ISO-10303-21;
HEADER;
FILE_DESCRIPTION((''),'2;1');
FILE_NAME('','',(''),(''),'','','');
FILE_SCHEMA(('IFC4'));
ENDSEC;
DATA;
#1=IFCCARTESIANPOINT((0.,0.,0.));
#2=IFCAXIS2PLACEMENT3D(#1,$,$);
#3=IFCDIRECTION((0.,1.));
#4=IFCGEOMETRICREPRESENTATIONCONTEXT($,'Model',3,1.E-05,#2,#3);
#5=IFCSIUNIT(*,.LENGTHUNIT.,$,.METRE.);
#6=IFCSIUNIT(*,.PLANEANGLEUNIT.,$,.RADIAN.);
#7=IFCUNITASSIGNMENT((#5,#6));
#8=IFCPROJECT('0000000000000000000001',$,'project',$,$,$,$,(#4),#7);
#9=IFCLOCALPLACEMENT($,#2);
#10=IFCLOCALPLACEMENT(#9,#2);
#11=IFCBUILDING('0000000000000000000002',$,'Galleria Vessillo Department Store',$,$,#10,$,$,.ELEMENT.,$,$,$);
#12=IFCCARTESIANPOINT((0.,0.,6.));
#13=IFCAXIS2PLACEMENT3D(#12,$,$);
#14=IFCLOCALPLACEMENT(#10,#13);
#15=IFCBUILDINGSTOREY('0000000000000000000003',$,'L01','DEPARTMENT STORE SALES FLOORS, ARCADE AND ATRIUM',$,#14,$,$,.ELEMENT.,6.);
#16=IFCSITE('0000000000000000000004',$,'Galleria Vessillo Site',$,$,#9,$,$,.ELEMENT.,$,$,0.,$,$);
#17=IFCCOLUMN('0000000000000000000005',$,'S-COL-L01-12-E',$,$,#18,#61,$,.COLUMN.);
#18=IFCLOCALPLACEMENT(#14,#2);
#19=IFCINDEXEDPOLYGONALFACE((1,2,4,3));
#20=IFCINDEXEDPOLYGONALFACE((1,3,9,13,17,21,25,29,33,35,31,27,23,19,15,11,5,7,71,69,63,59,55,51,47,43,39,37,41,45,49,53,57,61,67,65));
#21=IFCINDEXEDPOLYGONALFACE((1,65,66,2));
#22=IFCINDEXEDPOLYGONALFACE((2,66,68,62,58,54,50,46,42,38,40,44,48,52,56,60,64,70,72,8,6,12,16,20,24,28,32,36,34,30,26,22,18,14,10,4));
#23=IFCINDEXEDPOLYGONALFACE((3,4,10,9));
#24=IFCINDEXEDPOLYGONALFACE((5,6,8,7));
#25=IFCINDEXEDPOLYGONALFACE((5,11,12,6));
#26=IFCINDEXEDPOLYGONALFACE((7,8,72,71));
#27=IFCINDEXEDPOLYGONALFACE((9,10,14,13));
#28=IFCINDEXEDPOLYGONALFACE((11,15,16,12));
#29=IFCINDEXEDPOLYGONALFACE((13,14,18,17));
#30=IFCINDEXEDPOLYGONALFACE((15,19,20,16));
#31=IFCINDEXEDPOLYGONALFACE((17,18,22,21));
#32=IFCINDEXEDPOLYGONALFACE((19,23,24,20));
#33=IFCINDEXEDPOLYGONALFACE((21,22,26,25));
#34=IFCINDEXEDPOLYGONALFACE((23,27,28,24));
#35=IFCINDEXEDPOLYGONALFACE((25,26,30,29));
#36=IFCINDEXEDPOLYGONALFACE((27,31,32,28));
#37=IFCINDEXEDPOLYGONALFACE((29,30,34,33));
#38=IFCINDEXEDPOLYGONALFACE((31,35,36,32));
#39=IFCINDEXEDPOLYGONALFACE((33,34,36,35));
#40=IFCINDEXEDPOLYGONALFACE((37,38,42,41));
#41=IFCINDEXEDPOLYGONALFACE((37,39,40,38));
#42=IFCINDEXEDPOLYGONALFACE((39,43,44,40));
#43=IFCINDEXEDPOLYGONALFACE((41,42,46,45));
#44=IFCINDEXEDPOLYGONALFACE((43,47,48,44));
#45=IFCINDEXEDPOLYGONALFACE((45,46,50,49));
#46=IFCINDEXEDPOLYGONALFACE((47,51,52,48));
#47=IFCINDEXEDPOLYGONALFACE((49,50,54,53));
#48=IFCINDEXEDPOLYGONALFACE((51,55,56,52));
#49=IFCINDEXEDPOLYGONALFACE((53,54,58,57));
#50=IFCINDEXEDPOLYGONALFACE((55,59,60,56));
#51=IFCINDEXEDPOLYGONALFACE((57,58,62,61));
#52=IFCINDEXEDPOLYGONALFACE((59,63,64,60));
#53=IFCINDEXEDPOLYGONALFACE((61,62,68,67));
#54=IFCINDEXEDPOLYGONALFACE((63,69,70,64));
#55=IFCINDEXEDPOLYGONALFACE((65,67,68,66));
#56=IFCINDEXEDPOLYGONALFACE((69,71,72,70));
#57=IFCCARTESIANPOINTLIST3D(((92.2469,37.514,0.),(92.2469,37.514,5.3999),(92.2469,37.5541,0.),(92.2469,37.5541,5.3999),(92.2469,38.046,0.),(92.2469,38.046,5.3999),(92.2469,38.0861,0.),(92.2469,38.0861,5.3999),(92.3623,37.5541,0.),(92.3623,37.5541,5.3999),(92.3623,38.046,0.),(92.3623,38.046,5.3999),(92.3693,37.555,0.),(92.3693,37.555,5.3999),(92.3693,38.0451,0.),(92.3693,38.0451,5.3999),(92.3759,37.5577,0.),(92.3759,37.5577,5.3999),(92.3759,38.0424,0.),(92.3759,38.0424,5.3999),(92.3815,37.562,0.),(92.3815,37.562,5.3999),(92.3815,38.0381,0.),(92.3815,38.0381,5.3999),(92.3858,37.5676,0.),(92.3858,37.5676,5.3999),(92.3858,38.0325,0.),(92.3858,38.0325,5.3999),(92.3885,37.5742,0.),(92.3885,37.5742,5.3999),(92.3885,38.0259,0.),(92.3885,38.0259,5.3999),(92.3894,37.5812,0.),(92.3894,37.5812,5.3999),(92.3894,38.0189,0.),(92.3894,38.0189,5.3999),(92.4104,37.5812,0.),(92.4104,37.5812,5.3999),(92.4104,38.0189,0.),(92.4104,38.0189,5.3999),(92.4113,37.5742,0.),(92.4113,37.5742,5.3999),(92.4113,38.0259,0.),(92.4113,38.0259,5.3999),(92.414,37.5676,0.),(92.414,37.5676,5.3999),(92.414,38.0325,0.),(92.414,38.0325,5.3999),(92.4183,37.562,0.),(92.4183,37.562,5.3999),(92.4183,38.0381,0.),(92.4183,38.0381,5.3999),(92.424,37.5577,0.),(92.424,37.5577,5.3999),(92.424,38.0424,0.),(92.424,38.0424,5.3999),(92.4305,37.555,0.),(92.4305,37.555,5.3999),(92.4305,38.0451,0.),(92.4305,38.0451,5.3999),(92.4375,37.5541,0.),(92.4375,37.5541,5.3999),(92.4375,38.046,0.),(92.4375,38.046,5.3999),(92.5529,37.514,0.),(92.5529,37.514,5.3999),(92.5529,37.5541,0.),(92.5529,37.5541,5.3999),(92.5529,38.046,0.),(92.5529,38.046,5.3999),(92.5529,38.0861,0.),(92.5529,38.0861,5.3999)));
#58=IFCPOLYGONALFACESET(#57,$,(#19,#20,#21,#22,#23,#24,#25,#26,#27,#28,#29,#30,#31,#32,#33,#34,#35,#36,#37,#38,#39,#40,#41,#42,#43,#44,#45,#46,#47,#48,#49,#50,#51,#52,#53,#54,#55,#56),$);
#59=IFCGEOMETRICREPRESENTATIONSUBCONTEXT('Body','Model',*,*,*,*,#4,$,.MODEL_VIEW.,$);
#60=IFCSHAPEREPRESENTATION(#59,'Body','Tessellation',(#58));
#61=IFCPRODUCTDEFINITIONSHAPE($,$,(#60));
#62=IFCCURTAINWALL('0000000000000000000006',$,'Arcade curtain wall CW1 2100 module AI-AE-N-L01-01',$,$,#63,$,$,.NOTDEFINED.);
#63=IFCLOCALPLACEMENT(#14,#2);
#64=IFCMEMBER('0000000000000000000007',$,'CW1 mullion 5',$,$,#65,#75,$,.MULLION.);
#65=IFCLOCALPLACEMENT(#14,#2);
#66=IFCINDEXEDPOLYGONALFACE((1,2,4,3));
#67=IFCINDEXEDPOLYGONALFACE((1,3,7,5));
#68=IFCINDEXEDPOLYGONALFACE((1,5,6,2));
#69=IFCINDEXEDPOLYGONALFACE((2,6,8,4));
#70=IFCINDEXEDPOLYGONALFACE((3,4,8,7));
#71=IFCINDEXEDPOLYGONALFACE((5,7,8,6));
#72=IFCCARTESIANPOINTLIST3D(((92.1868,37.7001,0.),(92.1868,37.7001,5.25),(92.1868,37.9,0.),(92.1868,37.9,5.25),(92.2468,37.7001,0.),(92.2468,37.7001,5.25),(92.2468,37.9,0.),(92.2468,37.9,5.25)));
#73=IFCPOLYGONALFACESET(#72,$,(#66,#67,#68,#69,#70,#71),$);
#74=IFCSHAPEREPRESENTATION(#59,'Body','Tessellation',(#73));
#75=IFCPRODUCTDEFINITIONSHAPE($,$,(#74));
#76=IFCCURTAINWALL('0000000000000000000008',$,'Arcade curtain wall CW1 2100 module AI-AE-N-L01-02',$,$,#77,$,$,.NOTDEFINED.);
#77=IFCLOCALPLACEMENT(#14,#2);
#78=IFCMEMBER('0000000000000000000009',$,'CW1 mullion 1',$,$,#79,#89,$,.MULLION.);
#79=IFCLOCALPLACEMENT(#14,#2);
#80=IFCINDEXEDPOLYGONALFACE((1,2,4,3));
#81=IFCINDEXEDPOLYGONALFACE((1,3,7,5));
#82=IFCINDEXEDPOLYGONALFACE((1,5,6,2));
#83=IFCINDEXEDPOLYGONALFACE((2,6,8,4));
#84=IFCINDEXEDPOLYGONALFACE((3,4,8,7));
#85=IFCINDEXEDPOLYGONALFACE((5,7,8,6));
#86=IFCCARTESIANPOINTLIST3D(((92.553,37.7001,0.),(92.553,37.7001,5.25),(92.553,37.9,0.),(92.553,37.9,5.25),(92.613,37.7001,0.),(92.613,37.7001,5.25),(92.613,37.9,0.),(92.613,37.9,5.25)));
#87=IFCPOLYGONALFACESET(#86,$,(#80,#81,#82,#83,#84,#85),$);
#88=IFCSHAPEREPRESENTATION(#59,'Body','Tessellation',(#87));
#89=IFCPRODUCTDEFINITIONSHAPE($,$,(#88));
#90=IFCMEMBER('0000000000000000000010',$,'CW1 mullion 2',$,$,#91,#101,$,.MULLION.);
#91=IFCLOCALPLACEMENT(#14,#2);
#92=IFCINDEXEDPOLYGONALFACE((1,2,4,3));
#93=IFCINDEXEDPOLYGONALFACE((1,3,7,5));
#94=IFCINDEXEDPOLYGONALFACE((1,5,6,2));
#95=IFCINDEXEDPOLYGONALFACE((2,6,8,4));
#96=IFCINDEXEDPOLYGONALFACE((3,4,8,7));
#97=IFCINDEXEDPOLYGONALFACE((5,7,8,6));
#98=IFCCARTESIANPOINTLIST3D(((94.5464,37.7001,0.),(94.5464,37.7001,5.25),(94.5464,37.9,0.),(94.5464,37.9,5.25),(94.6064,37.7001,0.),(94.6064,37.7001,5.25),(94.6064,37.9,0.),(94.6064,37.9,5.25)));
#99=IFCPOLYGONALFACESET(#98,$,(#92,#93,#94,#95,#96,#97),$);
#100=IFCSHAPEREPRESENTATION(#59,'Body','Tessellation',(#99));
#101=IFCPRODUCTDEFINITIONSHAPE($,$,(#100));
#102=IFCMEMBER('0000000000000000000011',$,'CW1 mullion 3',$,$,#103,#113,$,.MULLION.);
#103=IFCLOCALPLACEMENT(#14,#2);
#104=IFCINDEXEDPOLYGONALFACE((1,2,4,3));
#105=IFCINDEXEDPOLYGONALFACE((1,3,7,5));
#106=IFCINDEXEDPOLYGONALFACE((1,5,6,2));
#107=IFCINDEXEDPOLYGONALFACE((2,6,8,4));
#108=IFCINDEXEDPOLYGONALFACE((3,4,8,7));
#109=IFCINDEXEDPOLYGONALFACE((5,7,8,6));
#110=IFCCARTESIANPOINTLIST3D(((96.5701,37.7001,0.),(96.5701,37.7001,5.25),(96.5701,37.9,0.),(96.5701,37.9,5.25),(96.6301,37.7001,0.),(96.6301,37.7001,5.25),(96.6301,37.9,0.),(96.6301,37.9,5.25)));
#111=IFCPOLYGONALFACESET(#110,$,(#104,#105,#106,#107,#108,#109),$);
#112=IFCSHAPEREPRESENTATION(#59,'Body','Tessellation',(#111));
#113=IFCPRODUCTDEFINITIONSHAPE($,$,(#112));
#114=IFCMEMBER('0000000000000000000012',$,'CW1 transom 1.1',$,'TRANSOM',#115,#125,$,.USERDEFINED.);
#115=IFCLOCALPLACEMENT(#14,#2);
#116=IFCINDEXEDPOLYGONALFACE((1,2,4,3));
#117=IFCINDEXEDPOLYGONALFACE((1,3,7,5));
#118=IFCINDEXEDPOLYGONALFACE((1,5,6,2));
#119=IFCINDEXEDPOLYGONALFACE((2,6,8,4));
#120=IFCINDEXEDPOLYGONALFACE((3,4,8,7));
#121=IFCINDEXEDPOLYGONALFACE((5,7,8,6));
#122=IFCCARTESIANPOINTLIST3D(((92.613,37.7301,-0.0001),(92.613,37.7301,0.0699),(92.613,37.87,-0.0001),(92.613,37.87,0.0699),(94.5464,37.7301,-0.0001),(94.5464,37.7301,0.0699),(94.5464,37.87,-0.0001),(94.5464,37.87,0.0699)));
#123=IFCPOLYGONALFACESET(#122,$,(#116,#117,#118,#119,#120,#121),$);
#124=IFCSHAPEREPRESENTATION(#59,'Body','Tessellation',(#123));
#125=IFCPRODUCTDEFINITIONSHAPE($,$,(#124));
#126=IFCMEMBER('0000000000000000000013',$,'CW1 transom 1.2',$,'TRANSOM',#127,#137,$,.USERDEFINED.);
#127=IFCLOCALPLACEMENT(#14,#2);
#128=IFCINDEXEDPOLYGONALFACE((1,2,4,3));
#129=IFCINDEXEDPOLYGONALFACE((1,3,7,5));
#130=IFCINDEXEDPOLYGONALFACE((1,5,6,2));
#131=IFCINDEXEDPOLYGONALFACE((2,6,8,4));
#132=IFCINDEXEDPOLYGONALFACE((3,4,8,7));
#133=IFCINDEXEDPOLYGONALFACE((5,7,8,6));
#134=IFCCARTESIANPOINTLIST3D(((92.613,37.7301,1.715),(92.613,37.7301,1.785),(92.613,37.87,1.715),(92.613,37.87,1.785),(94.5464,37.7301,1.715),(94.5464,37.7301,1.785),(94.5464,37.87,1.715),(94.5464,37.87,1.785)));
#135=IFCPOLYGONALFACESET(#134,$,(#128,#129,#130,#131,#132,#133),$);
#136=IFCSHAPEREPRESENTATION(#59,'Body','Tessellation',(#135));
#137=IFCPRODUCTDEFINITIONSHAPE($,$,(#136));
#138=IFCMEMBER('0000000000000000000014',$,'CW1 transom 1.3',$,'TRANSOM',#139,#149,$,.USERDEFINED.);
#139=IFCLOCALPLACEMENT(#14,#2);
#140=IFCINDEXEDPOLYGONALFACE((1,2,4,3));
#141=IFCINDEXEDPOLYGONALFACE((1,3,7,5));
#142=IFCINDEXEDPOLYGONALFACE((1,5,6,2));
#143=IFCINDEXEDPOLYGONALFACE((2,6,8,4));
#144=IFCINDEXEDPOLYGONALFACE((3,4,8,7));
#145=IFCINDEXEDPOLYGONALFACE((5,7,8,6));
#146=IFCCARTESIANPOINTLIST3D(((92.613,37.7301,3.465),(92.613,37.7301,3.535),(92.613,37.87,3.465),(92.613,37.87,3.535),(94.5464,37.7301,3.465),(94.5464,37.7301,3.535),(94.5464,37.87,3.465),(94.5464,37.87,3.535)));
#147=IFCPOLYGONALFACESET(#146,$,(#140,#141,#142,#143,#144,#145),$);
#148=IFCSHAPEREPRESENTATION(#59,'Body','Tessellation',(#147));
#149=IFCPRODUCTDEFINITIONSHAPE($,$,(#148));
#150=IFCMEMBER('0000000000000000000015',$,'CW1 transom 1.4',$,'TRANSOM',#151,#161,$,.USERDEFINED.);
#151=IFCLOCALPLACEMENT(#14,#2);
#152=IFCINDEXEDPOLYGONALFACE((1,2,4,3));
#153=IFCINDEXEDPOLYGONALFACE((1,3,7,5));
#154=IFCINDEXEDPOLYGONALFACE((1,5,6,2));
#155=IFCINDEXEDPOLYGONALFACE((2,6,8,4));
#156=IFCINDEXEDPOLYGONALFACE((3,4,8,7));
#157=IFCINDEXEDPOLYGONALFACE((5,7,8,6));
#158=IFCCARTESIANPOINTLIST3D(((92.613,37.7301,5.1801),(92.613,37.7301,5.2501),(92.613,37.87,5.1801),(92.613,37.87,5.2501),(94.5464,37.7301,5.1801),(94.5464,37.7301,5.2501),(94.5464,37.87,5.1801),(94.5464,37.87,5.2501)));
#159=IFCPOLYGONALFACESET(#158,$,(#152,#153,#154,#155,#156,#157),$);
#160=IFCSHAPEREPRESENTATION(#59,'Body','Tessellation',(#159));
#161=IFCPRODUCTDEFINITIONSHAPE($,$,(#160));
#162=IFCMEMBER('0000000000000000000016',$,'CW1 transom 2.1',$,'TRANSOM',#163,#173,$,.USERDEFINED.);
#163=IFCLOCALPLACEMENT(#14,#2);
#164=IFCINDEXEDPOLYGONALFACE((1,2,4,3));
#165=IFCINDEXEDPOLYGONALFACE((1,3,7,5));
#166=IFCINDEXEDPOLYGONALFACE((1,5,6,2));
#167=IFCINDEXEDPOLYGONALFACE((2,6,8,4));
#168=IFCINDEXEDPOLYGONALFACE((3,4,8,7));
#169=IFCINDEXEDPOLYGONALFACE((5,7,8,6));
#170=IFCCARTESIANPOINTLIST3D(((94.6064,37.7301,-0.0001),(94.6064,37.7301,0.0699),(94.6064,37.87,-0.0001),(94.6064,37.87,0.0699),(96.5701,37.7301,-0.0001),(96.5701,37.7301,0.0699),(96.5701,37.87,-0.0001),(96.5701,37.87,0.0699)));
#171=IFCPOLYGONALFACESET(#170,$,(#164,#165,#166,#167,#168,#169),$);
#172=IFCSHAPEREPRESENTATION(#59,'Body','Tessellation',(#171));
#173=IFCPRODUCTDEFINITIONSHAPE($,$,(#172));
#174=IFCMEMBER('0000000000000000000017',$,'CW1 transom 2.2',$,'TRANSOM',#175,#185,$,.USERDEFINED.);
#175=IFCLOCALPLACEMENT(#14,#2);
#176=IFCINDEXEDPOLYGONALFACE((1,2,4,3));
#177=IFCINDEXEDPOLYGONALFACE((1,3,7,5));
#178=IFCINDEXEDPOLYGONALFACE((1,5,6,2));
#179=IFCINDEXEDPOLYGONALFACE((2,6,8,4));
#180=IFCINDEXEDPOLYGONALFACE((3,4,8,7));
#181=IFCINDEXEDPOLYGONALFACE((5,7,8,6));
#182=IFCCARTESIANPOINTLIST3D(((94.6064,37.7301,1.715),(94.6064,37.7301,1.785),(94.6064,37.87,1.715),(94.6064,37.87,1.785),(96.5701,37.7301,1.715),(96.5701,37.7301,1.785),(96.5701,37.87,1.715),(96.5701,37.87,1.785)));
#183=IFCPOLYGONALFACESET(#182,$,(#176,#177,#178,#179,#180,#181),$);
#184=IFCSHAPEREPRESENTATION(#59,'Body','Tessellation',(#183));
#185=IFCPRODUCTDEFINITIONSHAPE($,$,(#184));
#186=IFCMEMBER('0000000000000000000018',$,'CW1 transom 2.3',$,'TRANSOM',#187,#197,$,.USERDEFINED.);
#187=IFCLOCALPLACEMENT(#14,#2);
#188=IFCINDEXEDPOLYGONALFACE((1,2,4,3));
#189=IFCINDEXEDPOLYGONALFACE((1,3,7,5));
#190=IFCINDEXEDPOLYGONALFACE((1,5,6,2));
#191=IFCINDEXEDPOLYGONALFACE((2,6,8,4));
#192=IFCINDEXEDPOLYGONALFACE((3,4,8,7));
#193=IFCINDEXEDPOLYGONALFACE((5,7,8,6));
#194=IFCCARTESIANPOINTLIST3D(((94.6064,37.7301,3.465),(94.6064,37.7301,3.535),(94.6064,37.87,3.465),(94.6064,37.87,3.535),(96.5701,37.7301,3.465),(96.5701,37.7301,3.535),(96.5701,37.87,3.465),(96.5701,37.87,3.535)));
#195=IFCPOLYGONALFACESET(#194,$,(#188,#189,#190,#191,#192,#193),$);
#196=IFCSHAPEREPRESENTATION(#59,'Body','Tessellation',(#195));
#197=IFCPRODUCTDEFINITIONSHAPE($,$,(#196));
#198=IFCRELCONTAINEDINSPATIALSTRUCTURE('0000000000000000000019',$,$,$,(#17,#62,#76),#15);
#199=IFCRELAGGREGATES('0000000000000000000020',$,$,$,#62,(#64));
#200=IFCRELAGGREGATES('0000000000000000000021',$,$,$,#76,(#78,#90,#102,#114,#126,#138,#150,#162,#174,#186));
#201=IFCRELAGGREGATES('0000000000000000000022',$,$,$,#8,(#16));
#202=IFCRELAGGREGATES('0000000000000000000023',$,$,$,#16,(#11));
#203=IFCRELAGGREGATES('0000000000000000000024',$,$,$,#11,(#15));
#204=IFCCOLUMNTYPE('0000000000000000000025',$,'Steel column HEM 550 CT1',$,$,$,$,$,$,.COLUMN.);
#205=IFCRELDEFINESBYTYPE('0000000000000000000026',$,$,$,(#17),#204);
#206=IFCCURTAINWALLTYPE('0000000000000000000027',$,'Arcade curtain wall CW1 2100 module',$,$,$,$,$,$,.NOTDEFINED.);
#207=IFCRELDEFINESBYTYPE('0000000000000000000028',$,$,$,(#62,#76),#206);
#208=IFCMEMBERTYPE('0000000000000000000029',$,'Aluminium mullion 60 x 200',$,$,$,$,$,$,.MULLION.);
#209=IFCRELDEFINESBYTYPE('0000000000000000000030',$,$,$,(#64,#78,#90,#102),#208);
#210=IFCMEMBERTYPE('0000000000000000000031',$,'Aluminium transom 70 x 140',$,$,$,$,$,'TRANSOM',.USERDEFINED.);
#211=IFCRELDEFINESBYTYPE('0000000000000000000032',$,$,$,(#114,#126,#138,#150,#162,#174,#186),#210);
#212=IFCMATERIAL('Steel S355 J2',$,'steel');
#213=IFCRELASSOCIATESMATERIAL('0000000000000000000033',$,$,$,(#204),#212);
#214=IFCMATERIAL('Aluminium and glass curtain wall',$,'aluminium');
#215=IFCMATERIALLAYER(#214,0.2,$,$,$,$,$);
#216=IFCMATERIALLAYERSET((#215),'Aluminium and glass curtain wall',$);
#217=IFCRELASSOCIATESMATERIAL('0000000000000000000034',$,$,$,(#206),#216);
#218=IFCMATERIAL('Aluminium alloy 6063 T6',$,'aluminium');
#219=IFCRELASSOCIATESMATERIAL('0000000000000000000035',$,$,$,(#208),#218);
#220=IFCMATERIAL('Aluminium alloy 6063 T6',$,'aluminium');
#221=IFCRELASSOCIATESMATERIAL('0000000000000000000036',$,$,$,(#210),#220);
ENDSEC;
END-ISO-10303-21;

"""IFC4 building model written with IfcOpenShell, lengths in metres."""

from ifc_helpers import new_model, si_unit, direction, frame, origin, origin_2d, place, context, subcontext, project, spatial, rectangle, i_section, extrude, material, layer, layer_set, material_profile, profile_set, type_object, element, aggregate, save


model = new_model("IFC4")

# Units and contexts
model_context = context("Model", 3, precision=1e-05, world=origin(), true_north=direction((0.0, 1.0)))
body_context = subcontext(model_context, "Body", "Model", "MODEL_VIEW")
ifc_project = project(units=[si_unit("LENGTHUNIT", "METRE"), si_unit("PLANEANGLEUNIT", "RADIAN")], contexts=[model_context])

# Site, building, storey
site_placement = place(None, origin())
site = spatial("IfcSite", under=ifc_project, at=site_placement, Name="Galleria Vessillo Site", CompositionType="ELEMENT", RefElevation=0.0)
building_placement = place(site_placement, origin())
building = spatial("IfcBuilding", under=site, at=building_placement, Name="Galleria Vessillo Department Store", CompositionType="ELEMENT")
storey_placement = place(building_placement, frame((0.0, 0.0, 6.0)))
storey = spatial("IfcBuildingStorey", under=building, at=storey_placement, Name="L01", Description="DEPARTMENT STORE SALES FLOORS, ARCADE AND ATRIUM", CompositionType="ELEMENT", Elevation=6.0)

# Column
ifc_material_1 = material(Name="Steel S355 J2", Category="steel")
ifc_material_profile_1 = material_profile(ifc_material_1, i_section(OverallWidth=0.3059, OverallDepth=0.572, WebThickness=0.021, FlangeThickness=0.04, FilletRadius=0.0271, at=origin_2d()), Name="HEM 550")
ifc_profile_set_1 = profile_set([ifc_material_profile_1], Name="Steel S355 J2")
column_type = type_object("IfcColumnType", Name="Steel column HEM 550 CT1", PredefinedType="COLUMN", material=ifc_profile_set_1)
column_placement = place(storey_placement, frame((92.3999, 37.8, 0.0), z_axis=(0.0, 0.0, 1.0), x_axis=(1.0, 0.0, 0.0)))
element("IfcColumn", 1, at=column_placement, inside=storey, type_object=column_type, Name="S-COL-L01-12-E", PredefinedType="COLUMN", context=body_context, shape_type="SweptSolid", body=[
    extrude(i_section(OverallWidth=0.3059, OverallDepth=0.572, WebThickness=0.021, FlangeThickness=0.04, FilletRadius=0.0271, at=origin_2d()), origin(), (0.0, 0.0, 1.0), 5.3999),
])

# Curtain wall, member
ifc_material_2 = material(Name="Aluminium and glass curtain wall", Category="aluminium")
ifc_layer_1 = layer(ifc_material_2, 0.2)
ifc_layer_set_1 = layer_set([ifc_layer_1], Name="Aluminium and glass curtain wall")
curtain_wall_type = type_object("IfcCurtainWallType", Name="Arcade curtain wall CW1 2100 module", PredefinedType="NOTDEFINED", material=ifc_layer_set_1)
curtain_wall_1_placement = place(storey_placement, origin())
curtain_wall_1 = element("IfcCurtainWall", 2, at=curtain_wall_1_placement, inside=storey, type_object=curtain_wall_type, Name="Arcade curtain wall CW1 2100 module AI-AE-N-L01-01", PredefinedType="NOTDEFINED")
ifc_material_3 = material(Name="Aluminium alloy 6063 T6", Category="aluminium")
ifc_material_profile_2 = material_profile(ifc_material_3, rectangle(XDim=0.2, YDim=0.0601, at=origin_2d()), Name="AL 60x200")
ifc_profile_set_2 = profile_set([ifc_material_profile_2], Name="Aluminium alloy 6063 T6")
member_type_1 = type_object("IfcMemberType", Name="Aluminium mullion 60 x 200", PredefinedType="MULLION", material=ifc_profile_set_2)
member_1_placement = place(storey_placement, frame((92.2168, 37.8, 0.0), z_axis=(0.0, 0.0, 1.0), x_axis=(0.0, 1.0, 0.0)))
member_1 = element("IfcMember", 3, at=member_1_placement, type_object=member_type_1, Name="CW1 mullion 5", PredefinedType="MULLION", context=body_context, shape_type="SweptSolid", body=[
    extrude(rectangle(XDim=0.2, YDim=0.0601, at=origin_2d()), origin(), (0.0, 0.0, 1.0), 5.25),
])

# Curtain wall, members
curtain_wall_2_placement = place(storey_placement, origin())
curtain_wall_2 = element("IfcCurtainWall", 4, at=curtain_wall_2_placement, inside=storey, type_object=curtain_wall_type, Name="Arcade curtain wall CW1 2100 module AI-AE-N-L01-02", PredefinedType="NOTDEFINED")
member_2_placement = place(storey_placement, frame((92.583, 37.8, 0.0), z_axis=(0.0, 0.0, 1.0), x_axis=(0.0, 1.0, 0.0)))
member_2 = element("IfcMember", 5, at=member_2_placement, type_object=member_type_1, Name="CW1 mullion 1", PredefinedType="MULLION", context=body_context, shape_type="SweptSolid", body=[
    extrude(rectangle(XDim=0.2, YDim=0.0601, at=origin_2d()), origin(), (0.0, 0.0, 1.0), 5.25),
])
member_3_placement = place(storey_placement, frame((94.5764, 37.8, 0.0), z_axis=(0.0, 0.0, 1.0), x_axis=(0.0, 1.0, 0.0)))
member_3 = element("IfcMember", 6, at=member_3_placement, type_object=member_type_1, Name="CW1 mullion 2", PredefinedType="MULLION", context=body_context, shape_type="SweptSolid", body=[
    extrude(rectangle(XDim=0.2, YDim=0.0601, at=origin_2d()), origin(), (0.0, 0.0, 1.0), 5.25),
])
member_4_placement = place(storey_placement, frame((96.6001, 37.8, 0.0), z_axis=(0.0, 0.0, 1.0), x_axis=(0.0, 1.0, 0.0)))
member_4 = element("IfcMember", 7, at=member_4_placement, type_object=member_type_1, Name="CW1 mullion 3", PredefinedType="MULLION", context=body_context, shape_type="SweptSolid", body=[
    extrude(rectangle(XDim=0.2, YDim=0.0601, at=origin_2d()), origin(), (0.0, 0.0, 1.0), 5.25),
])
ifc_material_4 = material(Name="Aluminium alloy 6063 T6", Category="aluminium")
ifc_material_profile_3 = material_profile(ifc_material_4, rectangle(XDim=0.1399, YDim=0.0701, at=origin_2d()), Name="AL 70x140")
ifc_profile_set_3 = profile_set([ifc_material_profile_3], Name="Aluminium alloy 6063 T6")
member_type_2 = type_object("IfcMemberType", Name="Aluminium transom 70 x 140", ElementType="TRANSOM", PredefinedType="USERDEFINED", material=ifc_profile_set_3)
member_5_placement = place(storey_placement, frame((92.613, 37.8, 0.0349), z_axis=(1.0, 0.0, 0.0), x_axis=(0.0, 1.0, 0.0)))
member_5 = element("IfcMember", 8, at=member_5_placement, type_object=member_type_2, Name="CW1 transom 1.1", ObjectType="TRANSOM", PredefinedType="USERDEFINED", context=body_context, shape_type="SweptSolid", body=[
    extrude(rectangle(XDim=0.1399, YDim=0.0701, at=origin_2d()), origin(), (0.0, 0.0, 1.0), 1.9333),
])
member_6_placement = place(storey_placement, frame((92.613, 37.8, 1.75), z_axis=(1.0, 0.0, 0.0), x_axis=(0.0, 1.0, 0.0)))
member_6 = element("IfcMember", 9, at=member_6_placement, type_object=member_type_2, Name="CW1 transom 1.2", ObjectType="TRANSOM", PredefinedType="USERDEFINED", context=body_context, shape_type="SweptSolid", body=[
    extrude(rectangle(XDim=0.1399, YDim=0.0701, at=origin_2d()), origin(), (0.0, 0.0, 1.0), 1.9333),
])
member_7_placement = place(storey_placement, frame((92.613, 37.8, 3.5), z_axis=(1.0, 0.0, 0.0), x_axis=(0.0, 1.0, 0.0)))
member_7 = element("IfcMember", 10, at=member_7_placement, type_object=member_type_2, Name="CW1 transom 1.3", ObjectType="TRANSOM", PredefinedType="USERDEFINED", context=body_context, shape_type="SweptSolid", body=[
    extrude(rectangle(XDim=0.1399, YDim=0.0701, at=origin_2d()), origin(), (0.0, 0.0, 1.0), 1.9333),
])
member_8_placement = place(storey_placement, frame((92.613, 37.8, 5.2151), z_axis=(1.0, 0.0, 0.0), x_axis=(0.0, 1.0, 0.0)))
member_8 = element("IfcMember", 11, at=member_8_placement, type_object=member_type_2, Name="CW1 transom 1.4", ObjectType="TRANSOM", PredefinedType="USERDEFINED", context=body_context, shape_type="SweptSolid", body=[
    extrude(rectangle(XDim=0.1399, YDim=0.0701, at=origin_2d()), origin(), (0.0, 0.0, 1.0), 1.9333),
])
member_9_placement = place(storey_placement, frame((94.6064, 37.8, 0.0349), z_axis=(1.0, 0.0, 0.0), x_axis=(0.0, 1.0, 0.0)))
member_9 = element("IfcMember", 12, at=member_9_placement, type_object=member_type_2, Name="CW1 transom 2.1", ObjectType="TRANSOM", PredefinedType="USERDEFINED", context=body_context, shape_type="SweptSolid", body=[
    extrude(rectangle(XDim=0.1399, YDim=0.0701, at=origin_2d()), origin(), (0.0, 0.0, 1.0), 1.9636),
])
member_10_placement = place(storey_placement, frame((94.6064, 37.8, 1.75), z_axis=(1.0, 0.0, 0.0), x_axis=(0.0, 1.0, 0.0)))
member_10 = element("IfcMember", 13, at=member_10_placement, type_object=member_type_2, Name="CW1 transom 2.2", ObjectType="TRANSOM", PredefinedType="USERDEFINED", context=body_context, shape_type="SweptSolid", body=[
    extrude(rectangle(XDim=0.1399, YDim=0.0701, at=origin_2d()), origin(), (0.0, 0.0, 1.0), 1.9636),
])
member_11_placement = place(storey_placement, frame((94.6064, 37.8, 3.5), z_axis=(1.0, 0.0, 0.0), x_axis=(0.0, 1.0, 0.0)))
member_11 = element("IfcMember", 14, at=member_11_placement, type_object=member_type_2, Name="CW1 transom 2.3", ObjectType="TRANSOM", PredefinedType="USERDEFINED", context=body_context, shape_type="SweptSolid", body=[
    extrude(rectangle(XDim=0.1399, YDim=0.0701, at=origin_2d()), origin(), (0.0, 0.0, 1.0), 1.9636),
])

aggregate(curtain_wall_1, [member_1])
aggregate(curtain_wall_2, [member_2, member_3, member_4, member_5, member_6, member_7, member_8, member_9, member_10, member_11])

save(model, "model.ifc")
